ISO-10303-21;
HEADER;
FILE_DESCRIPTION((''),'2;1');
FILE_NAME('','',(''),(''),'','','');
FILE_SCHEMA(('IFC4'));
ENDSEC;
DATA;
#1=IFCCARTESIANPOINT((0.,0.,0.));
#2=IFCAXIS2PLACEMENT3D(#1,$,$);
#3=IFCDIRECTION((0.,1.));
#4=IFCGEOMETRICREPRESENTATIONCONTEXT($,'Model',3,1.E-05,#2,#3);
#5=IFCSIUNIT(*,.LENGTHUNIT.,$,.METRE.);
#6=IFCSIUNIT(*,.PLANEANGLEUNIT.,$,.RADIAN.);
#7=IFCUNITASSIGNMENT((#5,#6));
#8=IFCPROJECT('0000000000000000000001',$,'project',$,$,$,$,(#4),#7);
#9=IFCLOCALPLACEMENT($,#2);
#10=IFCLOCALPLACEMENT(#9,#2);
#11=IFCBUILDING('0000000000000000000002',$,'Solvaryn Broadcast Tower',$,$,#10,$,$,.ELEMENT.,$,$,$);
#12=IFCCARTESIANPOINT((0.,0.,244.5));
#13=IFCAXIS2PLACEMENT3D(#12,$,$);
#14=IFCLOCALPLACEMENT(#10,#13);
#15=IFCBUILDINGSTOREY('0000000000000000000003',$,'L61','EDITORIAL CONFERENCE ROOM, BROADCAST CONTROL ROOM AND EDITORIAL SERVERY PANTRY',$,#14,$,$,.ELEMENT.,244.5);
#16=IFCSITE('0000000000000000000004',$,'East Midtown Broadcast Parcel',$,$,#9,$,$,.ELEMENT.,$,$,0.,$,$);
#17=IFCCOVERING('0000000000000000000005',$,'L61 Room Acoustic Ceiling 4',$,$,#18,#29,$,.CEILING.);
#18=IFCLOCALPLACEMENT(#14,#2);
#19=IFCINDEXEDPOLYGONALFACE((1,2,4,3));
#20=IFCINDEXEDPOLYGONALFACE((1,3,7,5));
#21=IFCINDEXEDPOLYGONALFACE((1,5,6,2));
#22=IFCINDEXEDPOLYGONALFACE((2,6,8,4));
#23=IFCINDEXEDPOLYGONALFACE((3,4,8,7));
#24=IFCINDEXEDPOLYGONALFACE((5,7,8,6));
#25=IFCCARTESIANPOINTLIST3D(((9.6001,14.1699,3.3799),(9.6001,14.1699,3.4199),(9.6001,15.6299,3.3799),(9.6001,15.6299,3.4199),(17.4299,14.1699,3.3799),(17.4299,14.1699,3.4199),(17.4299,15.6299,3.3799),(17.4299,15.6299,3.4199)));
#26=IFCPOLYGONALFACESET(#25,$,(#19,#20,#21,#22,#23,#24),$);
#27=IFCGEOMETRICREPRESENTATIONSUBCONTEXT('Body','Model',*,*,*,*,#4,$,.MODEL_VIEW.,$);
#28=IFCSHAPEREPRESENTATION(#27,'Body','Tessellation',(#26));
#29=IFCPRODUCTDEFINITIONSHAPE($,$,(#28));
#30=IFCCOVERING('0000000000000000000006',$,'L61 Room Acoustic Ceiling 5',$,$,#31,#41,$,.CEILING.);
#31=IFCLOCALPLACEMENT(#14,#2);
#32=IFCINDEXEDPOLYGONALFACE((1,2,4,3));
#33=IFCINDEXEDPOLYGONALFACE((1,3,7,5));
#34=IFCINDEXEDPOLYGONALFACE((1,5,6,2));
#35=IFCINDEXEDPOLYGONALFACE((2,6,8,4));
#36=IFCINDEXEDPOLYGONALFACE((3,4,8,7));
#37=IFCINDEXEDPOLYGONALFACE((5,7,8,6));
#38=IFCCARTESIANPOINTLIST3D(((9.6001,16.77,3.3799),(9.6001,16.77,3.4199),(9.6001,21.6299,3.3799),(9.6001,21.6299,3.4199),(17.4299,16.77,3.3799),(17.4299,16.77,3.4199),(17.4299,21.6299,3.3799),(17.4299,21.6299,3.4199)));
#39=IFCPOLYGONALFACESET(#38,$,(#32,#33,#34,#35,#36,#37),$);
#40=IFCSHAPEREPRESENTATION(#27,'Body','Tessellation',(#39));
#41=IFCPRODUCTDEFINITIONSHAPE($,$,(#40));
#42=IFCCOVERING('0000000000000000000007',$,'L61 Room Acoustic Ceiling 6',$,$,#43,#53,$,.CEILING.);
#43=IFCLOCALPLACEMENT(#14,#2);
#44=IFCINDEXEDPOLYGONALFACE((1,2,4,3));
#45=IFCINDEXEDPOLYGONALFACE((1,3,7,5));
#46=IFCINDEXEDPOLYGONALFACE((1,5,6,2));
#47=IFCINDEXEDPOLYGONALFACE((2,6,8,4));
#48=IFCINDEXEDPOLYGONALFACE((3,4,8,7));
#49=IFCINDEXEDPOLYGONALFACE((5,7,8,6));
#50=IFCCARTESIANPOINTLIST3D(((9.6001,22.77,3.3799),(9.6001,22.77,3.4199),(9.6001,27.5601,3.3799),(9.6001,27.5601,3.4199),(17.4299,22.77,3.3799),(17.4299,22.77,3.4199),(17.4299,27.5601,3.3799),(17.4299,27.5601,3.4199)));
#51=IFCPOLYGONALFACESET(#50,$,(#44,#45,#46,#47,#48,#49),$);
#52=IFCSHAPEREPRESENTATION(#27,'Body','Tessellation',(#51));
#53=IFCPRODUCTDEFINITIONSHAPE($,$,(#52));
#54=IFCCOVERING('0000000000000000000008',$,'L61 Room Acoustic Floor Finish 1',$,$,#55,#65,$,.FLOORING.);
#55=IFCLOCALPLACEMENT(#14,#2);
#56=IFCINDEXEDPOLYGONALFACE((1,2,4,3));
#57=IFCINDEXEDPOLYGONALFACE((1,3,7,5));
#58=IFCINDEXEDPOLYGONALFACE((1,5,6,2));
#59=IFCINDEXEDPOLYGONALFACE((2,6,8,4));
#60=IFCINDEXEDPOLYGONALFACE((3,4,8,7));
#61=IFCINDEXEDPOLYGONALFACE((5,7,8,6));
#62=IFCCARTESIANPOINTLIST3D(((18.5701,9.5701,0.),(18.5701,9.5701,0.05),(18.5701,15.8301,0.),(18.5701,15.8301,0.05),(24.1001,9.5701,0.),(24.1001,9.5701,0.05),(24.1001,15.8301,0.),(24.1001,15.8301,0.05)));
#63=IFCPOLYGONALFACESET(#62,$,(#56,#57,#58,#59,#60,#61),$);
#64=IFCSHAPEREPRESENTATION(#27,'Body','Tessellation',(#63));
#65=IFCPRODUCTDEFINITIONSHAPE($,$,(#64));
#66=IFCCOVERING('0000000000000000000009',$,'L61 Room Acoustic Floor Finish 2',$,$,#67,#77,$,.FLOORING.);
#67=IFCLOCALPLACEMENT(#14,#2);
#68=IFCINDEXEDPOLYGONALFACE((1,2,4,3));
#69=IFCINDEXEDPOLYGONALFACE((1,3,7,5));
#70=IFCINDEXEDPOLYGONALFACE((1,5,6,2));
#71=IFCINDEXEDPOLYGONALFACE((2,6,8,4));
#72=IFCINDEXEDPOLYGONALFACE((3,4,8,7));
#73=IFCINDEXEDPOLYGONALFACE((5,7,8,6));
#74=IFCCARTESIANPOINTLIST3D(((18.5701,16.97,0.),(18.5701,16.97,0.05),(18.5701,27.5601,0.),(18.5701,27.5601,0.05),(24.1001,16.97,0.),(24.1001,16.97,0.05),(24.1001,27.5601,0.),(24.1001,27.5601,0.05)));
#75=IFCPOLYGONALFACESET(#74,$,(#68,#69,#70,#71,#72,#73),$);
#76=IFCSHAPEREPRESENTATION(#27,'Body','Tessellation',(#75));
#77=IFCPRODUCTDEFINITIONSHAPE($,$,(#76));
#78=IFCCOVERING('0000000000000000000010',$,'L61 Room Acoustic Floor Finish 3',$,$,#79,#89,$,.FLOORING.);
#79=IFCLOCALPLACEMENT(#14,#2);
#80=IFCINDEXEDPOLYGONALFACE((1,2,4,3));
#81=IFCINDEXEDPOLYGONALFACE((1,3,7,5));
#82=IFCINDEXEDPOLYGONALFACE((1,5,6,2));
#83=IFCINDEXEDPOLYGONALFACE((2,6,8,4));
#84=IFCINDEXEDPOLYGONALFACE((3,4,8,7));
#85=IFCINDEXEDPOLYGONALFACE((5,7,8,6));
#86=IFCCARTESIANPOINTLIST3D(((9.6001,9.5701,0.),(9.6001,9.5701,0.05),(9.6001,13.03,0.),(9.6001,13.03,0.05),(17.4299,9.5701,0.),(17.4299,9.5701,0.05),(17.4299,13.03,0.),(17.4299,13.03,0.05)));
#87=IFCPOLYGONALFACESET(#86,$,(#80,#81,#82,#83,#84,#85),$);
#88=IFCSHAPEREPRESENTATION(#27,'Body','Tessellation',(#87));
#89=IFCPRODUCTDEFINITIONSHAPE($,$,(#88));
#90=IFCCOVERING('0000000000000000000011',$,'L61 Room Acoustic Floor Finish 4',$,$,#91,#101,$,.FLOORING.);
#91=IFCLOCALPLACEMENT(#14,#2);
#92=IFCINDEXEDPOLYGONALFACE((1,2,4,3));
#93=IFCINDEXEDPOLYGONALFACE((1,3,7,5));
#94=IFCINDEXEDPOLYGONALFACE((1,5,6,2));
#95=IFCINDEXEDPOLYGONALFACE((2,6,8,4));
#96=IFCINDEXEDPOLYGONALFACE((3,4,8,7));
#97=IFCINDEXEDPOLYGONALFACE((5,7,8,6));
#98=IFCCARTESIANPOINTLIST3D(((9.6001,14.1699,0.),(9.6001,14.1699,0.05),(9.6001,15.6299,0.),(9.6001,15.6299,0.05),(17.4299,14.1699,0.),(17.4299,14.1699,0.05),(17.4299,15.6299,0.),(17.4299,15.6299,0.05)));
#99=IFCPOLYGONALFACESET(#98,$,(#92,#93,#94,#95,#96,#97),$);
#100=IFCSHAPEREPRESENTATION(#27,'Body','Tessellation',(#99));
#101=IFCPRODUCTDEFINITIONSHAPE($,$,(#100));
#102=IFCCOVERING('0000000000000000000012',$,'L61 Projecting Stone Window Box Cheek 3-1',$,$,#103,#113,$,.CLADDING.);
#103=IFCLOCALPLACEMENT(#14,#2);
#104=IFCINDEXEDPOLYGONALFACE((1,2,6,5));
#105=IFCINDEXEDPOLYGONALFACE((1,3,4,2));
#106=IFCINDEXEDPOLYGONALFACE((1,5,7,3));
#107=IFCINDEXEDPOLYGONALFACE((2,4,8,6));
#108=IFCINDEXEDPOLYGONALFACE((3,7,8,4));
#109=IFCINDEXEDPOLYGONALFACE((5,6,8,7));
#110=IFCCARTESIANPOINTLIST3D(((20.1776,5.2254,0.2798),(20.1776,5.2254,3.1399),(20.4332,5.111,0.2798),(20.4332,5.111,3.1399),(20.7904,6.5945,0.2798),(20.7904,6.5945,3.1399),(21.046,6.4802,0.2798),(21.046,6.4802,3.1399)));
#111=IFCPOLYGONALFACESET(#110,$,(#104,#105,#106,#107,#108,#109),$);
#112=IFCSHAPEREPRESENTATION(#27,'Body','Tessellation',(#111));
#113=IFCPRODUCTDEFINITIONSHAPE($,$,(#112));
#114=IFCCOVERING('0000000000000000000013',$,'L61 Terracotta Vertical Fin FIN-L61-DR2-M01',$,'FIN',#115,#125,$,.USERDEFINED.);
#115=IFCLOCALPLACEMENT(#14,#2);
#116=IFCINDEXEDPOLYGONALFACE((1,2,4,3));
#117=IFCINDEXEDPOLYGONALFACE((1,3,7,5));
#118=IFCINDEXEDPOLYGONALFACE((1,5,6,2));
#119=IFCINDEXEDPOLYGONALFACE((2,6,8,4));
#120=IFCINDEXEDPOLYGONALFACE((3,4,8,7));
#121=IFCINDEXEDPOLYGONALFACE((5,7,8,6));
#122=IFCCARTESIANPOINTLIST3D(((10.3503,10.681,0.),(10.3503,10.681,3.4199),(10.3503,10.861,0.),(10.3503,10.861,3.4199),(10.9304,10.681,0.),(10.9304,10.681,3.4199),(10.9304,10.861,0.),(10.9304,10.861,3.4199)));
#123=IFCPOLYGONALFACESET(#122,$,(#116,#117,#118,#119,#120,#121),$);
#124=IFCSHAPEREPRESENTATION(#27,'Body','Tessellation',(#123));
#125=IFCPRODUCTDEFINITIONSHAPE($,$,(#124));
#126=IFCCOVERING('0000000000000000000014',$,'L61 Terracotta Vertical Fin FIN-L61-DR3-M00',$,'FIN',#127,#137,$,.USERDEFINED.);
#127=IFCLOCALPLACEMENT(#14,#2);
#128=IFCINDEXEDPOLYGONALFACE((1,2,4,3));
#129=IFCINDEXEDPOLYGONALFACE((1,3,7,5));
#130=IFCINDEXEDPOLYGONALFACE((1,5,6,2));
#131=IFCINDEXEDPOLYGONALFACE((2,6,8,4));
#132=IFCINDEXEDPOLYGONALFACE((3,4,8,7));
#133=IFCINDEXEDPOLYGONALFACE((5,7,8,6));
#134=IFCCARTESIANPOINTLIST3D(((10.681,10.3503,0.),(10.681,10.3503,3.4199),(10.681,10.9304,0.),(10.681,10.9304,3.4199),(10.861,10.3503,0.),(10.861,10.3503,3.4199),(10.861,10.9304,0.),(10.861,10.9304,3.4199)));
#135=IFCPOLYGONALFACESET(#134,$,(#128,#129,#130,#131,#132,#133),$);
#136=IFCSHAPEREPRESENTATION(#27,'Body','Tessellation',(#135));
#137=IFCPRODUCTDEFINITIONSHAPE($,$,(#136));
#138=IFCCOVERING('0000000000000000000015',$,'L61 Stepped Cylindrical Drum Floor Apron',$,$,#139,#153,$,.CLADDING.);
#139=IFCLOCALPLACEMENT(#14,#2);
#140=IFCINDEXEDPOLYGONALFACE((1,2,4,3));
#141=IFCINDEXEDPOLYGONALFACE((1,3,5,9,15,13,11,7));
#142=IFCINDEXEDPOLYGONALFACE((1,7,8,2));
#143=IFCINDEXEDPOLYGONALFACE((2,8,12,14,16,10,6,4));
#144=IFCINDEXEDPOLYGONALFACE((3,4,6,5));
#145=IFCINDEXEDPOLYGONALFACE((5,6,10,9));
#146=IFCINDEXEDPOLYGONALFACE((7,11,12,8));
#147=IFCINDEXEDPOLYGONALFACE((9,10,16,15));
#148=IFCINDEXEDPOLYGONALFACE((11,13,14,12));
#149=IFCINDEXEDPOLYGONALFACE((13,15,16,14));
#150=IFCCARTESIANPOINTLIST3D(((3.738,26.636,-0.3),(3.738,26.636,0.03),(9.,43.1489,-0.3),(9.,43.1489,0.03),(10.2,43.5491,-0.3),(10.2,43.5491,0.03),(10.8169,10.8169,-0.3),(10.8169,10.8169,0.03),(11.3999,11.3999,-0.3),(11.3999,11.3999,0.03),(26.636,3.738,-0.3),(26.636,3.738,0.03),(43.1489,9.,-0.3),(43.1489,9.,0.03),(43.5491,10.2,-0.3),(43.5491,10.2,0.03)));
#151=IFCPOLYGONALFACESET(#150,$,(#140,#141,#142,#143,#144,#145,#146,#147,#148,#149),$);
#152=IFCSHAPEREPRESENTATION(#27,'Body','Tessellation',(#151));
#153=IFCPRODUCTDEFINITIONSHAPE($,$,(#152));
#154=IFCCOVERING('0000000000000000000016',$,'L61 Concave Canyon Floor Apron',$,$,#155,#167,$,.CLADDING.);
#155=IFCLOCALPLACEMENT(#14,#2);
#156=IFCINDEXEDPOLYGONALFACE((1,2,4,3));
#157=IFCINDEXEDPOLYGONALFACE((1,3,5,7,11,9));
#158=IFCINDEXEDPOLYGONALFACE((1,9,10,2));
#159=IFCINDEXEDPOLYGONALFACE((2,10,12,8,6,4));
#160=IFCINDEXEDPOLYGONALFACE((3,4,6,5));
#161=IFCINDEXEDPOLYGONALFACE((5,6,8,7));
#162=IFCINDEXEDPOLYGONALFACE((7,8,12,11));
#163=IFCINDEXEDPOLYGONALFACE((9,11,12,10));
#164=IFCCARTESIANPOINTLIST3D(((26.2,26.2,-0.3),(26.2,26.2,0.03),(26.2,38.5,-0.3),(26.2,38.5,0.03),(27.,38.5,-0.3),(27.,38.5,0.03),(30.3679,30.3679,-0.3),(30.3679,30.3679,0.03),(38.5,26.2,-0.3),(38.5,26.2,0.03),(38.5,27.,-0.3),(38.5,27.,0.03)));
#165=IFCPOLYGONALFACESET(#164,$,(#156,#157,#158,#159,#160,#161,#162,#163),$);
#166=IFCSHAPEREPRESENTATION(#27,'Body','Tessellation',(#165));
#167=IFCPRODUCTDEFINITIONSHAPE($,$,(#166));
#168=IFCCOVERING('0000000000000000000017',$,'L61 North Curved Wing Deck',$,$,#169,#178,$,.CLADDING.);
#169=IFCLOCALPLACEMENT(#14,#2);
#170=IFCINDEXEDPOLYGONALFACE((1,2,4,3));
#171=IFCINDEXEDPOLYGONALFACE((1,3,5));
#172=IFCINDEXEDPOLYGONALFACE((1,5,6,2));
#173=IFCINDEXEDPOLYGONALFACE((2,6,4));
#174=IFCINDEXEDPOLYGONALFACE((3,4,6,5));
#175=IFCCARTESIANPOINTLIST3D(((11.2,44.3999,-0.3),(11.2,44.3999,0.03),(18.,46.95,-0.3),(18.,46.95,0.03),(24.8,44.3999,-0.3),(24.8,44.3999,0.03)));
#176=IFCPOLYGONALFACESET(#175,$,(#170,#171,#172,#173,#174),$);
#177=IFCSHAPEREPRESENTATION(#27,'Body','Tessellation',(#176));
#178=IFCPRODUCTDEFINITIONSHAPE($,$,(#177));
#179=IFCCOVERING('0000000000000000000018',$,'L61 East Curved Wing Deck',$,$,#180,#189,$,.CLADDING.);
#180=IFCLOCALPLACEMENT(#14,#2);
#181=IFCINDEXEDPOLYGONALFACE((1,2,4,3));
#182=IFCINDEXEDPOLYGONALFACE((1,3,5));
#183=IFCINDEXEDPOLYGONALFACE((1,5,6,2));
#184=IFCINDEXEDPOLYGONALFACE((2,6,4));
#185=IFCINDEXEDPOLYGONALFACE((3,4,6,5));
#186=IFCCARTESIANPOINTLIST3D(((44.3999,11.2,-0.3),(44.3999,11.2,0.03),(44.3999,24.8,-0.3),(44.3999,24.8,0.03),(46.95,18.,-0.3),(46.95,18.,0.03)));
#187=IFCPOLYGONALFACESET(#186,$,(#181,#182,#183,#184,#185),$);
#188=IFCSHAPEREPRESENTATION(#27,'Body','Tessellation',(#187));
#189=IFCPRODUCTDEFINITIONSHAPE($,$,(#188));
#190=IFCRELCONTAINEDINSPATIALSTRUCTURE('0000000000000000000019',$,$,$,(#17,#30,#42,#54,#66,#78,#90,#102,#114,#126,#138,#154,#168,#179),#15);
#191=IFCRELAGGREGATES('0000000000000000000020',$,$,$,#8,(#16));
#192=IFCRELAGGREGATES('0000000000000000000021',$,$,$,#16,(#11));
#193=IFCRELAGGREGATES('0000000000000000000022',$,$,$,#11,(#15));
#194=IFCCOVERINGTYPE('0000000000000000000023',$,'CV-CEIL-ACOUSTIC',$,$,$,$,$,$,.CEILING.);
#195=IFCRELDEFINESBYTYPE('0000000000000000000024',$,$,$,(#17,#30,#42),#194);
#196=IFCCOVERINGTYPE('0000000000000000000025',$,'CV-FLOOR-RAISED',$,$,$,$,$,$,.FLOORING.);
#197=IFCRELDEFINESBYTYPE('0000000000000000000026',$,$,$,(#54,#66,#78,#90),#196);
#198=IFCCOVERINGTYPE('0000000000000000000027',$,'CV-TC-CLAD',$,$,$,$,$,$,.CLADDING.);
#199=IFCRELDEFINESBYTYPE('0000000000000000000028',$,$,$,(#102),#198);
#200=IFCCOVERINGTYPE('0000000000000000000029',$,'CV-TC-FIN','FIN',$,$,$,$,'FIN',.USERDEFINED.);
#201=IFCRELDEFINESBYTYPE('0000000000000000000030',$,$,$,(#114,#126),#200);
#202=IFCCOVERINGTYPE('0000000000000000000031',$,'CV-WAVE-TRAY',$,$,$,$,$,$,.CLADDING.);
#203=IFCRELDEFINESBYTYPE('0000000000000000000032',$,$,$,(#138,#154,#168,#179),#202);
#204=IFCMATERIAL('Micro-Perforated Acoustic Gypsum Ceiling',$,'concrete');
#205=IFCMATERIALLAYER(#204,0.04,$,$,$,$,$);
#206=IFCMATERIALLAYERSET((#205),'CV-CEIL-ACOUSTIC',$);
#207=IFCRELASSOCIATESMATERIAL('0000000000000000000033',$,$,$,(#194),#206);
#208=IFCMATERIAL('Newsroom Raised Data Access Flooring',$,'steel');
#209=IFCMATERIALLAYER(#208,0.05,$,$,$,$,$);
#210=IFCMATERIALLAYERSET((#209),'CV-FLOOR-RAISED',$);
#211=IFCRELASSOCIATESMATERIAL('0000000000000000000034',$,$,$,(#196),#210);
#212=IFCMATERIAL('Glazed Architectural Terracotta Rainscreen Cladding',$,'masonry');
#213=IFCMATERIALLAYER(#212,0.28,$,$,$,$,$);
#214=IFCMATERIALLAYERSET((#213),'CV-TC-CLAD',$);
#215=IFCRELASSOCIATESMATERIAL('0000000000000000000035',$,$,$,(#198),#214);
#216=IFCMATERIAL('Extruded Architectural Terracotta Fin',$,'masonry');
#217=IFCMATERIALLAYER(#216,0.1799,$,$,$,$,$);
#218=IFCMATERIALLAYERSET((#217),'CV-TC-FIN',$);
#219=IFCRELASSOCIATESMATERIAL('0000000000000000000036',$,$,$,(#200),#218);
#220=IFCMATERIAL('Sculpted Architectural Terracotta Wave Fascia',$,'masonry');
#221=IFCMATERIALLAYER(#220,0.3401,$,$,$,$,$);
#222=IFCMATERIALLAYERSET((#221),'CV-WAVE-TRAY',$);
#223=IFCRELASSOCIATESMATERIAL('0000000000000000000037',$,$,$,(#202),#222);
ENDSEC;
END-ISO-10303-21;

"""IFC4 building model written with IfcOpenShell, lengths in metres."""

from ifc_helpers import new_model, si_unit, direction, frame, origin, origin_2d, place, context, subcontext, project, spatial, polyline, rectangle, outline, extrude, material, layer, layer_set, type_object, element, save


model = new_model("IFC4")

# Units and contexts
model_context = context("Model", 3, precision=1e-05, world=origin(), true_north=direction((0.0, 1.0)))
body_context = subcontext(model_context, "Body", "Model", "MODEL_VIEW")
ifc_project = project(units=[si_unit("LENGTHUNIT", "METRE"), si_unit("PLANEANGLEUNIT", "RADIAN")], contexts=[model_context])

# Site, building, storey
site_placement = place(None, origin())
site = spatial("IfcSite", under=ifc_project, at=site_placement, Name="East Midtown Broadcast Parcel", CompositionType="ELEMENT", RefElevation=0.0)
building_placement = place(site_placement, origin())
building = spatial("IfcBuilding", under=site, at=building_placement, Name="Solvaryn Broadcast Tower", CompositionType="ELEMENT")
storey_placement = place(building_placement, frame((0.0, 0.0, 244.5)))
storey = spatial("IfcBuildingStorey", under=building, at=storey_placement, Name="L61", Description="EDITORIAL CONFERENCE ROOM, BROADCAST CONTROL ROOM AND EDITORIAL SERVERY PANTRY", CompositionType="ELEMENT", Elevation=244.5)

# Coverings
ifc_material_1 = material(Name="Micro-Perforated Acoustic Gypsum Ceiling", Category="concrete")
ifc_layer_1 = layer(ifc_material_1, 0.04)
ifc_layer_set_1 = layer_set([ifc_layer_1], Name="CV-CEIL-ACOUSTIC")
covering_type_1 = type_object("IfcCoveringType", Name="CV-CEIL-ACOUSTIC", PredefinedType="CEILING", material=ifc_layer_set_1)
covering_1_placement = place(storey_placement, frame((0.0, 0.0, 3.3799)))
element("IfcCovering", 1, at=covering_1_placement, inside=storey, type_object=covering_type_1, Name="L61 Room Acoustic Ceiling 4", PredefinedType="CEILING", context=body_context, shape_type="SweptSolid", body=[
    extrude(outline(polyline([(9.6001, 14.1699), (17.4299, 14.1699), (17.4299, 15.6299), (9.6001, 15.6299), (9.6001, 14.1699)])), origin(), (0.0, 0.0, 1.0), 0.04),
])
covering_2_placement = place(storey_placement, frame((0.0, 0.0, 3.3799)))
element("IfcCovering", 2, at=covering_2_placement, inside=storey, type_object=covering_type_1, Name="L61 Room Acoustic Ceiling 5", PredefinedType="CEILING", context=body_context, shape_type="SweptSolid", body=[
    extrude(outline(polyline([(9.6001, 16.77), (17.4299, 16.77), (17.4299, 21.6299), (9.6001, 21.6299), (9.6001, 16.77)])), origin(), (0.0, 0.0, 1.0), 0.04),
])
covering_3_placement = place(storey_placement, frame((0.0, 0.0, 3.3799)))
element("IfcCovering", 3, at=covering_3_placement, inside=storey, type_object=covering_type_1, Name="L61 Room Acoustic Ceiling 6", PredefinedType="CEILING", context=body_context, shape_type="SweptSolid", body=[
    extrude(outline(polyline([(9.6001, 22.77), (17.4299, 22.77), (17.4299, 27.5601), (9.6001, 27.5601), (9.6001, 22.77)])), origin(), (0.0, 0.0, 1.0), 0.04),
])
ifc_material_2 = material(Name="Newsroom Raised Data Access Flooring", Category="steel")
ifc_layer_2 = layer(ifc_material_2, 0.05)
ifc_layer_set_2 = layer_set([ifc_layer_2], Name="CV-FLOOR-RAISED")
covering_type_2 = type_object("IfcCoveringType", Name="CV-FLOOR-RAISED", PredefinedType="FLOORING", material=ifc_layer_set_2)
covering_4_placement = place(storey_placement, origin())
element("IfcCovering", 4, at=covering_4_placement, inside=storey, type_object=covering_type_2, Name="L61 Room Acoustic Floor Finish 1", PredefinedType="FLOORING", context=body_context, shape_type="SweptSolid", body=[
    extrude(outline(polyline([(18.5701, 9.5701), (24.1001, 9.5701), (24.1001, 15.8301), (18.5701, 15.8301), (18.5701, 9.5701)])), origin(), (0.0, 0.0, 1.0), 0.05),
])
covering_5_placement = place(storey_placement, origin())
element("IfcCovering", 5, at=covering_5_placement, inside=storey, type_object=covering_type_2, Name="L61 Room Acoustic Floor Finish 2", PredefinedType="FLOORING", context=body_context, shape_type="SweptSolid", body=[
    extrude(outline(polyline([(18.5701, 16.97), (24.1001, 16.97), (24.1001, 27.5601), (18.5701, 27.5601), (18.5701, 16.97)])), origin(), (0.0, 0.0, 1.0), 0.05),
])
covering_6_placement = place(storey_placement, origin())
element("IfcCovering", 6, at=covering_6_placement, inside=storey, type_object=covering_type_2, Name="L61 Room Acoustic Floor Finish 3", PredefinedType="FLOORING", context=body_context, shape_type="SweptSolid", body=[
    extrude(outline(polyline([(9.6001, 9.5701), (17.4299, 9.5701), (17.4299, 13.03), (9.6001, 13.03), (9.6001, 9.5701)])), origin(), (0.0, 0.0, 1.0), 0.05),
])
covering_7_placement = place(storey_placement, origin())
element("IfcCovering", 7, at=covering_7_placement, inside=storey, type_object=covering_type_2, Name="L61 Room Acoustic Floor Finish 4", PredefinedType="FLOORING", context=body_context, shape_type="SweptSolid", body=[
    extrude(outline(polyline([(9.6001, 14.1699), (17.4299, 14.1699), (17.4299, 15.6299), (9.6001, 15.6299), (9.6001, 14.1699)])), origin(), (0.0, 0.0, 1.0), 0.05),
])
ifc_material_3 = material(Name="Glazed Architectural Terracotta Rainscreen Cladding", Category="masonry")
ifc_layer_3 = layer(ifc_material_3, 0.28)
ifc_layer_set_3 = layer_set([ifc_layer_3], Name="CV-TC-CLAD")
covering_type_3 = type_object("IfcCoveringType", Name="CV-TC-CLAD", PredefinedType="CLADDING", material=ifc_layer_set_3)
covering_8_placement = place(storey_placement, frame((20.6118, 5.8528, 0.2798), z_axis=(0.0, 0.0, 1.0), x_axis=(0.912763, -0.40849, 0.0)))
element("IfcCovering", 8, at=covering_8_placement, inside=storey, type_object=covering_type_3, Name="L61 Projecting Stone Window Box Cheek 3-1", PredefinedType="CLADDING", context=body_context, shape_type="SweptSolid", body=[
    extrude(rectangle(XDim=0.28, YDim=1.5, at=origin_2d()), origin(), (0.0, 0.0, 1.0), 2.8601),
])
ifc_material_4 = material(Name="Extruded Architectural Terracotta Fin", Category="masonry")
ifc_layer_4 = layer(ifc_material_4, 0.1799)
ifc_layer_set_4 = layer_set([ifc_layer_4], Name="CV-TC-FIN")
covering_type_4 = type_object("IfcCoveringType", Name="CV-TC-FIN", Description="FIN", ElementType="FIN", PredefinedType="USERDEFINED", material=ifc_layer_set_4)
covering_9_placement = place(storey_placement, frame((10.6404, 10.771, 0.0), z_axis=(0.0, 0.0, 1.0), x_axis=(1.0, 0.0, 0.0)))
element("IfcCovering", 9, at=covering_9_placement, inside=storey, type_object=covering_type_4, Name="L61 Terracotta Vertical Fin FIN-L61-DR2-M01", ObjectType="FIN", PredefinedType="USERDEFINED", context=body_context, shape_type="SweptSolid", body=[
    extrude(rectangle(XDim=0.5801, YDim=0.1799, at=origin_2d()), origin(), (0.0, 0.0, 1.0), 3.4199),
])
covering_10_placement = place(storey_placement, frame((10.771, 10.6404, 0.0), z_axis=(0.0, 0.0, 1.0), x_axis=(1.0, 0.0, 0.0)))
element("IfcCovering", 10, at=covering_10_placement, inside=storey, type_object=covering_type_4, Name="L61 Terracotta Vertical Fin FIN-L61-DR3-M00", ObjectType="FIN", PredefinedType="USERDEFINED", context=body_context, shape_type="SweptSolid", body=[
    extrude(rectangle(XDim=0.1799, YDim=0.5801, at=origin_2d()), origin(), (0.0, 0.0, 1.0), 3.4199),
])
ifc_material_5 = material(Name="Sculpted Architectural Terracotta Wave Fascia", Category="masonry")
ifc_layer_5 = layer(ifc_material_5, 0.3401)
ifc_layer_set_5 = layer_set([ifc_layer_5], Name="CV-WAVE-TRAY")
covering_type_5 = type_object("IfcCoveringType", Name="CV-WAVE-TRAY", PredefinedType="CLADDING", material=ifc_layer_set_5)
covering_11_placement = place(storey_placement, frame((0.0, 0.0, -0.3)))
element("IfcCovering", 11, at=covering_11_placement, inside=storey, type_object=covering_type_5, Name="L61 Stepped Cylindrical Drum Floor Apron", PredefinedType="CLADDING", context=body_context, shape_type="SweptSolid", body=[
    extrude(outline(polyline([(10.2, 43.5491), (9.0, 43.1489), (3.738, 26.636), (10.8169, 10.8169), (26.636, 3.738), (43.1489, 9.0), (43.1489, 9.0), (43.5491, 10.2), (11.3999, 11.3999), (10.2, 43.5491)])), origin(), (0.0, 0.0, 1.0), 0.3301),
])
covering_12_placement = place(storey_placement, frame((0.0, 0.0, -0.3)))
element("IfcCovering", 12, at=covering_12_placement, inside=storey, type_object=covering_type_5, Name="L61 Concave Canyon Floor Apron", PredefinedType="CLADDING", context=body_context, shape_type="SweptSolid", body=[
    extrude(outline(polyline([(26.2, 26.2), (38.5, 26.2), (38.5, 27.0), (30.3679, 30.3679), (27.0, 38.5), (26.2, 38.5), (26.2, 26.2)])), origin(), (0.0, 0.0, 1.0), 0.3301),
])
covering_13_placement = place(storey_placement, frame((0.0, 0.0, -0.3)))
element("IfcCovering", 13, at=covering_13_placement, inside=storey, type_object=covering_type_5, Name="L61 North Curved Wing Deck", PredefinedType="CLADDING", context=body_context, shape_type="SweptSolid", body=[
    extrude(outline(polyline([(11.2, 44.3999), (24.8, 44.3999), (18.0, 46.95), (11.2, 44.3999)])), origin(), (0.0, 0.0, 1.0), 0.3301),
])
covering_14_placement = place(storey_placement, frame((0.0, 0.0, -0.3)))
element("IfcCovering", 14, at=covering_14_placement, inside=storey, type_object=covering_type_5, Name="L61 East Curved Wing Deck", PredefinedType="CLADDING", context=body_context, shape_type="SweptSolid", body=[
    extrude(outline(polyline([(44.3999, 11.2), (46.95, 18.0), (44.3999, 24.8), (44.3999, 11.2)])), origin(), (0.0, 0.0, 1.0), 0.3301),
])

save(model, "model.ifc")
